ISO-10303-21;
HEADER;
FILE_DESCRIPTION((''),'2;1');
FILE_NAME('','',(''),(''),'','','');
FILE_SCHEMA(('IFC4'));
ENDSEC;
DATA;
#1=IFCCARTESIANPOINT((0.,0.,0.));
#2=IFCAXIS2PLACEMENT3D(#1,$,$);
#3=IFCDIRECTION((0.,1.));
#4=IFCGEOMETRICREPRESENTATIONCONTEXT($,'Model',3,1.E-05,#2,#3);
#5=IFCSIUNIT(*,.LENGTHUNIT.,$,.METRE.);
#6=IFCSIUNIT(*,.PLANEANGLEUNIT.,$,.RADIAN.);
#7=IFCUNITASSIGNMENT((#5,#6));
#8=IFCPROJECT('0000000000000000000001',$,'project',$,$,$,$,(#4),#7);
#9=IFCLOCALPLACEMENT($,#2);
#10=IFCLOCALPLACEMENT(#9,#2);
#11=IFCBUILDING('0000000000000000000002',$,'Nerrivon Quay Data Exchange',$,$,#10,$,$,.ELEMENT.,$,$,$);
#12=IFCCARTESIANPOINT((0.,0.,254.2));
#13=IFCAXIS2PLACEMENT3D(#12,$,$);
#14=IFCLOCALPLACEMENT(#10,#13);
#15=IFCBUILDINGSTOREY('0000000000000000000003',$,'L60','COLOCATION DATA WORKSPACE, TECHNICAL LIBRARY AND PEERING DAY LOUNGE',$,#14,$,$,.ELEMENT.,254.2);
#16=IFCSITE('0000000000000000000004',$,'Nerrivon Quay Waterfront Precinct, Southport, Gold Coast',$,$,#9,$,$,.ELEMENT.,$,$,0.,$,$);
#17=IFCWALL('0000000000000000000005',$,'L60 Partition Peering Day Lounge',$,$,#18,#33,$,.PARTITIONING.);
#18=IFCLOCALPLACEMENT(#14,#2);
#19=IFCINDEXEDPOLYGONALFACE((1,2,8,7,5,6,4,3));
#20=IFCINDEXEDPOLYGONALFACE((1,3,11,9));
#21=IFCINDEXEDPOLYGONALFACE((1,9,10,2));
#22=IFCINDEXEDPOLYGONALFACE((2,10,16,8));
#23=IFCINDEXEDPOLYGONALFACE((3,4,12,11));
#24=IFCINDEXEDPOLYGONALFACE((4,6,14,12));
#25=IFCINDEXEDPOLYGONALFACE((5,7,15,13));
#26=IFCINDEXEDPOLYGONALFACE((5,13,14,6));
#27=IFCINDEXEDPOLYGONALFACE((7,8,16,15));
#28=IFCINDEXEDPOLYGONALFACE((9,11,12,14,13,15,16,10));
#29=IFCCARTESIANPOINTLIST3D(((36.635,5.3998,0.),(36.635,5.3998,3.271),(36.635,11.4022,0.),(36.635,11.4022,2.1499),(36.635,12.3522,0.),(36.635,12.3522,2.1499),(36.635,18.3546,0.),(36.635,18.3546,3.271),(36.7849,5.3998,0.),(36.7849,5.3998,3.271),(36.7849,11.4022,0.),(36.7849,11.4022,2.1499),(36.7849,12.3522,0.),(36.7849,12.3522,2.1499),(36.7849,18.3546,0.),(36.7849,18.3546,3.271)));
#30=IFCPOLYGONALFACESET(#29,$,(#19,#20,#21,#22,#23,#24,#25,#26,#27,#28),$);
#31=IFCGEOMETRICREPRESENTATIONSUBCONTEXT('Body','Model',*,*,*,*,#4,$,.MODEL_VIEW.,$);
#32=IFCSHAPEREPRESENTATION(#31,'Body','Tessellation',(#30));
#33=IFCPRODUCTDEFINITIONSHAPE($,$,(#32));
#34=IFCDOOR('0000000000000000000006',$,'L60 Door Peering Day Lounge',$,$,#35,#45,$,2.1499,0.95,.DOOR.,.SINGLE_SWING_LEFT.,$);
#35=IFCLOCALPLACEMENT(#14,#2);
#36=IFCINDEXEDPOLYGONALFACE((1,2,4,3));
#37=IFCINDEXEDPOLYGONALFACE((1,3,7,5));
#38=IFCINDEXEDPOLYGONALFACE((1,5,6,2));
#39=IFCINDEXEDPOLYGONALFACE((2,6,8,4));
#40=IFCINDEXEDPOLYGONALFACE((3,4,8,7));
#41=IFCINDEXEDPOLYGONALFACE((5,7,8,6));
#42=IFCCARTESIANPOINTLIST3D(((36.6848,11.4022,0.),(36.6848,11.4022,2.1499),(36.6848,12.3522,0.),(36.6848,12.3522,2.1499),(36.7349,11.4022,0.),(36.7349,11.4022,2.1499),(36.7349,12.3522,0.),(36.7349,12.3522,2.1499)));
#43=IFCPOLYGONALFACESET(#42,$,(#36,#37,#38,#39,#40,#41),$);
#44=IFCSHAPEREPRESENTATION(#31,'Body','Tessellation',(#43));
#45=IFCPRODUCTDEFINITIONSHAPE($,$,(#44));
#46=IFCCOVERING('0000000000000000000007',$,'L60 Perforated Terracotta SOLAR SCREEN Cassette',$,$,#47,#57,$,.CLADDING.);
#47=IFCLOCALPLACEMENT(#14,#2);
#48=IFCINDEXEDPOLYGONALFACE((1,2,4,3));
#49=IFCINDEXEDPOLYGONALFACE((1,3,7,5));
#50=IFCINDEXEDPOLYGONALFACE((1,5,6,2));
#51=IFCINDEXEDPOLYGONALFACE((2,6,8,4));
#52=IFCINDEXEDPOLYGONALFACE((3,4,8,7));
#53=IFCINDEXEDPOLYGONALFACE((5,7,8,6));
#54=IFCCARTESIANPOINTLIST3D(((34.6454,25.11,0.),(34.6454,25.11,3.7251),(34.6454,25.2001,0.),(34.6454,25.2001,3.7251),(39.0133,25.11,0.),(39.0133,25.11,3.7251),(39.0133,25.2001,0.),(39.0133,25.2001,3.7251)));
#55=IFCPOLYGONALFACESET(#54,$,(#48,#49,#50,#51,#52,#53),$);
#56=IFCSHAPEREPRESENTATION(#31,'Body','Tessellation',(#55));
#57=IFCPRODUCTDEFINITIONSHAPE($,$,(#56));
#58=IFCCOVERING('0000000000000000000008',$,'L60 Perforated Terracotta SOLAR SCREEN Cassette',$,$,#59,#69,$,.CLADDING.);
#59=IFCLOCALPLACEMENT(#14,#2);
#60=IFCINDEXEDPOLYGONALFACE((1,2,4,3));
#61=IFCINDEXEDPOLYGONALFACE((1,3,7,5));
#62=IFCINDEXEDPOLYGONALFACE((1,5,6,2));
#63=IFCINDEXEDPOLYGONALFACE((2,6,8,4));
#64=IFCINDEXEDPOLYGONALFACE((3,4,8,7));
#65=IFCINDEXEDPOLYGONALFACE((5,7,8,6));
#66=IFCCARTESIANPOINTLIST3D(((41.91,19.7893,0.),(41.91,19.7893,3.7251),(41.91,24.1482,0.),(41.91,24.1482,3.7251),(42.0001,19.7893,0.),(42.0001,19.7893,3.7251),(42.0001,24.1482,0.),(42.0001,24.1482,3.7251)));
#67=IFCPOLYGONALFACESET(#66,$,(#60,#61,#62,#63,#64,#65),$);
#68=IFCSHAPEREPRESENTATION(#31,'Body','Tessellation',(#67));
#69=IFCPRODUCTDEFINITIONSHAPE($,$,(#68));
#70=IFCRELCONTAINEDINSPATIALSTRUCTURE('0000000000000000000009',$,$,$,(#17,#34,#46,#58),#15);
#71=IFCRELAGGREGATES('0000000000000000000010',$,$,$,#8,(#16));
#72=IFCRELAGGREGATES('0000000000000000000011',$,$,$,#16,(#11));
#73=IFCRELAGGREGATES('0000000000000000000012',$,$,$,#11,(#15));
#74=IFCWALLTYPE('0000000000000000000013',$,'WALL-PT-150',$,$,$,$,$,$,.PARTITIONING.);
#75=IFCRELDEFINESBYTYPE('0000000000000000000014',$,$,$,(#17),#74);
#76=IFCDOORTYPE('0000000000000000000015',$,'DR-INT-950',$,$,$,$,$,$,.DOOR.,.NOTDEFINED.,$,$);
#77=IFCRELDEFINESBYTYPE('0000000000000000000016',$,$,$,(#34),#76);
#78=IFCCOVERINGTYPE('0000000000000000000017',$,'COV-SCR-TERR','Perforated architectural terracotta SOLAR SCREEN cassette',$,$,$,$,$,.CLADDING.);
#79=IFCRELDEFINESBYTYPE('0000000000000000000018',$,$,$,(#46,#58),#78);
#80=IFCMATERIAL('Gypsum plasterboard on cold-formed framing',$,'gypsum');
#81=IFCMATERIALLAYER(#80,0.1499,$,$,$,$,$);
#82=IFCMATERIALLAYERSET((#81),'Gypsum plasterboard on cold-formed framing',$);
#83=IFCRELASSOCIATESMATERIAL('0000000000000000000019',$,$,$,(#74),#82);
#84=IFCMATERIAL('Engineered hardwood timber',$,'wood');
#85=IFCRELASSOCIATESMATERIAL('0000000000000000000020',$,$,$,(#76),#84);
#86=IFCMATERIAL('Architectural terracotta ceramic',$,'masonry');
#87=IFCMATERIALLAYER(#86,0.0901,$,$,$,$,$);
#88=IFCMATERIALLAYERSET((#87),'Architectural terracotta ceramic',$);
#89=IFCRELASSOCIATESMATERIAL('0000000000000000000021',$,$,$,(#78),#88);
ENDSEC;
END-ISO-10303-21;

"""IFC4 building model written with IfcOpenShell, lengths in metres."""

from ifc_helpers import new_model, si_unit, direction, frame, frame_2d, origin, origin_2d, place, context, subcontext, project, spatial, rectangle, extrude, material, layer, layer_set, type_object, element, fill, save


model = new_model("IFC4")

# Units and contexts
model_context = context("Model", 3, precision=1e-05, world=origin(), true_north=direction((0.0, 1.0)))
body_context = subcontext(model_context, "Body", "Model", "MODEL_VIEW")
ifc_project = project(units=[si_unit("LENGTHUNIT", "METRE"), si_unit("PLANEANGLEUNIT", "RADIAN")], contexts=[model_context])

# Site, building, storey
site_placement = place(None, origin())
site = spatial("IfcSite", under=ifc_project, at=site_placement, Name="Nerrivon Quay Waterfront Precinct, Southport, Gold Coast", CompositionType="ELEMENT", RefElevation=0.0)
building_placement = place(site_placement, origin())
building = spatial("IfcBuilding", under=site, at=building_placement, Name="Nerrivon Quay Data Exchange", CompositionType="ELEMENT")
storey_placement = place(building_placement, frame((0.0, 0.0, 254.2)))
storey = spatial("IfcBuildingStorey", under=building, at=storey_placement, Name="L60", Description="COLOCATION DATA WORKSPACE, TECHNICAL LIBRARY AND PEERING DAY LOUNGE", CompositionType="ELEMENT", Elevation=254.2)

# Shared definitions
ifc_material_1 = material(Name="Gypsum plasterboard on cold-formed framing", Category="gypsum")

# Wall, opening, door
ifc_layer_1 = layer(ifc_material_1, 0.1499)
ifc_layer_set_1 = layer_set([ifc_layer_1], Name="Gypsum plasterboard on cold-formed framing")
wall_type_1 = type_object("IfcWallType", Name="WALL-PT-150", PredefinedType="PARTITIONING", material=ifc_layer_set_1)
ifc_material_2 = material(Name="Engineered hardwood timber", Category="wood")
door_type = type_object("IfcDoorType", Name="DR-INT-950", OperationType="NOTDEFINED", PredefinedType="DOOR", material=ifc_material_2)
wall_1_placement = place(storey_placement, frame((36.71, 18.3547, 0.0), z_axis=(0.0, 0.0, 1.0), x_axis=(0.0, -1.0, 0.0)))
wall_1 = element("IfcWall", 1, at=wall_1_placement, inside=storey, type_object=wall_type_1, Name="L60 Partition Peering Day Lounge", PredefinedType="PARTITIONING", context=body_context, shape_type="SweptSolid", body=[
    extrude(rectangle(XDim=12.9548, YDim=0.1499, at=frame_2d((6.4775, 0.0))), origin(), (0.0, 0.0, 1.0), 3.271),
])
opening_1_placement = place(wall_1_placement, frame((6.0024, 0.0, 0.0)))
opening_1 = element("IfcOpeningElement", 2, at=opening_1_placement, cuts=wall_1, PredefinedType="OPENING", context=body_context, shape_type="SweptSolid", body=[
    extrude(rectangle(XDim=0.95, YDim=2.1499, at=frame_2d((0.4751, 1.075))), frame((0.0, 0.085, 0.0), z_axis=(0.0, -1.0, 0.0), x_axis=(1.0, 0.0, 0.0)), (0.0, 0.0, 1.0), 0.1699),
])
door_1_placement = place(opening_1_placement, origin())
door_1 = element("IfcDoor", 3, at=door_1_placement, inside=storey, type_object=door_type, Name="L60 Door Peering Day Lounge", OperationType="SINGLE_SWING_LEFT", OverallHeight=2.1499, OverallWidth=0.95, PredefinedType="DOOR", context=body_context, shape_type="SweptSolid", body=[
    extrude(rectangle(XDim=0.95, YDim=2.1499, at=frame_2d((0.4751, 1.075))), frame((0.0, 0.0249, 0.0), z_axis=(0.0, -1.0, 0.0), x_axis=(1.0, 0.0, 0.0)), (0.0, 0.0, 1.0), 0.05),
])
fill(opening_1, door_1)

# Coverings
ifc_material_3 = material(Name="Architectural terracotta ceramic", Category="masonry")
ifc_layer_2 = layer(ifc_material_3, 0.0901)
ifc_layer_set_2 = layer_set([ifc_layer_2], Name="Architectural terracotta ceramic")
covering_type = type_object("IfcCoveringType", Name="COV-SCR-TERR", Description="Perforated architectural terracotta SOLAR SCREEN cassette", PredefinedType="CLADDING", material=ifc_layer_set_2)
covering_1_placement = place(storey_placement, frame((36.8293, 25.155, 0.0), z_axis=(0.0, 0.0, 1.0), x_axis=(1.0, 0.0, 0.0)))
element("IfcCovering", 4, at=covering_1_placement, inside=storey, type_object=covering_type, Name="L60 Perforated Terracotta SOLAR SCREEN Cassette", PredefinedType="CLADDING", context=body_context, shape_type="SweptSolid", body=[
    extrude(rectangle(XDim=4.3679, YDim=0.0901, at=origin_2d()), origin(), (0.0, 0.0, 1.0), 3.7251),
])
covering_2_placement = place(storey_placement, frame((41.9551, 21.9688, 0.0), z_axis=(0.0, 0.0, 1.0), x_axis=(0.0, -1.0, 0.0)))
element("IfcCovering", 5, at=covering_2_placement, inside=storey, type_object=covering_type, Name="L60 Perforated Terracotta SOLAR SCREEN Cassette", PredefinedType="CLADDING", context=body_context, shape_type="SweptSolid", body=[
    extrude(rectangle(XDim=4.3589, YDim=0.0901, at=origin_2d()), origin(), (0.0, 0.0, 1.0), 3.7251),
])

save(model, "model.ifc")
